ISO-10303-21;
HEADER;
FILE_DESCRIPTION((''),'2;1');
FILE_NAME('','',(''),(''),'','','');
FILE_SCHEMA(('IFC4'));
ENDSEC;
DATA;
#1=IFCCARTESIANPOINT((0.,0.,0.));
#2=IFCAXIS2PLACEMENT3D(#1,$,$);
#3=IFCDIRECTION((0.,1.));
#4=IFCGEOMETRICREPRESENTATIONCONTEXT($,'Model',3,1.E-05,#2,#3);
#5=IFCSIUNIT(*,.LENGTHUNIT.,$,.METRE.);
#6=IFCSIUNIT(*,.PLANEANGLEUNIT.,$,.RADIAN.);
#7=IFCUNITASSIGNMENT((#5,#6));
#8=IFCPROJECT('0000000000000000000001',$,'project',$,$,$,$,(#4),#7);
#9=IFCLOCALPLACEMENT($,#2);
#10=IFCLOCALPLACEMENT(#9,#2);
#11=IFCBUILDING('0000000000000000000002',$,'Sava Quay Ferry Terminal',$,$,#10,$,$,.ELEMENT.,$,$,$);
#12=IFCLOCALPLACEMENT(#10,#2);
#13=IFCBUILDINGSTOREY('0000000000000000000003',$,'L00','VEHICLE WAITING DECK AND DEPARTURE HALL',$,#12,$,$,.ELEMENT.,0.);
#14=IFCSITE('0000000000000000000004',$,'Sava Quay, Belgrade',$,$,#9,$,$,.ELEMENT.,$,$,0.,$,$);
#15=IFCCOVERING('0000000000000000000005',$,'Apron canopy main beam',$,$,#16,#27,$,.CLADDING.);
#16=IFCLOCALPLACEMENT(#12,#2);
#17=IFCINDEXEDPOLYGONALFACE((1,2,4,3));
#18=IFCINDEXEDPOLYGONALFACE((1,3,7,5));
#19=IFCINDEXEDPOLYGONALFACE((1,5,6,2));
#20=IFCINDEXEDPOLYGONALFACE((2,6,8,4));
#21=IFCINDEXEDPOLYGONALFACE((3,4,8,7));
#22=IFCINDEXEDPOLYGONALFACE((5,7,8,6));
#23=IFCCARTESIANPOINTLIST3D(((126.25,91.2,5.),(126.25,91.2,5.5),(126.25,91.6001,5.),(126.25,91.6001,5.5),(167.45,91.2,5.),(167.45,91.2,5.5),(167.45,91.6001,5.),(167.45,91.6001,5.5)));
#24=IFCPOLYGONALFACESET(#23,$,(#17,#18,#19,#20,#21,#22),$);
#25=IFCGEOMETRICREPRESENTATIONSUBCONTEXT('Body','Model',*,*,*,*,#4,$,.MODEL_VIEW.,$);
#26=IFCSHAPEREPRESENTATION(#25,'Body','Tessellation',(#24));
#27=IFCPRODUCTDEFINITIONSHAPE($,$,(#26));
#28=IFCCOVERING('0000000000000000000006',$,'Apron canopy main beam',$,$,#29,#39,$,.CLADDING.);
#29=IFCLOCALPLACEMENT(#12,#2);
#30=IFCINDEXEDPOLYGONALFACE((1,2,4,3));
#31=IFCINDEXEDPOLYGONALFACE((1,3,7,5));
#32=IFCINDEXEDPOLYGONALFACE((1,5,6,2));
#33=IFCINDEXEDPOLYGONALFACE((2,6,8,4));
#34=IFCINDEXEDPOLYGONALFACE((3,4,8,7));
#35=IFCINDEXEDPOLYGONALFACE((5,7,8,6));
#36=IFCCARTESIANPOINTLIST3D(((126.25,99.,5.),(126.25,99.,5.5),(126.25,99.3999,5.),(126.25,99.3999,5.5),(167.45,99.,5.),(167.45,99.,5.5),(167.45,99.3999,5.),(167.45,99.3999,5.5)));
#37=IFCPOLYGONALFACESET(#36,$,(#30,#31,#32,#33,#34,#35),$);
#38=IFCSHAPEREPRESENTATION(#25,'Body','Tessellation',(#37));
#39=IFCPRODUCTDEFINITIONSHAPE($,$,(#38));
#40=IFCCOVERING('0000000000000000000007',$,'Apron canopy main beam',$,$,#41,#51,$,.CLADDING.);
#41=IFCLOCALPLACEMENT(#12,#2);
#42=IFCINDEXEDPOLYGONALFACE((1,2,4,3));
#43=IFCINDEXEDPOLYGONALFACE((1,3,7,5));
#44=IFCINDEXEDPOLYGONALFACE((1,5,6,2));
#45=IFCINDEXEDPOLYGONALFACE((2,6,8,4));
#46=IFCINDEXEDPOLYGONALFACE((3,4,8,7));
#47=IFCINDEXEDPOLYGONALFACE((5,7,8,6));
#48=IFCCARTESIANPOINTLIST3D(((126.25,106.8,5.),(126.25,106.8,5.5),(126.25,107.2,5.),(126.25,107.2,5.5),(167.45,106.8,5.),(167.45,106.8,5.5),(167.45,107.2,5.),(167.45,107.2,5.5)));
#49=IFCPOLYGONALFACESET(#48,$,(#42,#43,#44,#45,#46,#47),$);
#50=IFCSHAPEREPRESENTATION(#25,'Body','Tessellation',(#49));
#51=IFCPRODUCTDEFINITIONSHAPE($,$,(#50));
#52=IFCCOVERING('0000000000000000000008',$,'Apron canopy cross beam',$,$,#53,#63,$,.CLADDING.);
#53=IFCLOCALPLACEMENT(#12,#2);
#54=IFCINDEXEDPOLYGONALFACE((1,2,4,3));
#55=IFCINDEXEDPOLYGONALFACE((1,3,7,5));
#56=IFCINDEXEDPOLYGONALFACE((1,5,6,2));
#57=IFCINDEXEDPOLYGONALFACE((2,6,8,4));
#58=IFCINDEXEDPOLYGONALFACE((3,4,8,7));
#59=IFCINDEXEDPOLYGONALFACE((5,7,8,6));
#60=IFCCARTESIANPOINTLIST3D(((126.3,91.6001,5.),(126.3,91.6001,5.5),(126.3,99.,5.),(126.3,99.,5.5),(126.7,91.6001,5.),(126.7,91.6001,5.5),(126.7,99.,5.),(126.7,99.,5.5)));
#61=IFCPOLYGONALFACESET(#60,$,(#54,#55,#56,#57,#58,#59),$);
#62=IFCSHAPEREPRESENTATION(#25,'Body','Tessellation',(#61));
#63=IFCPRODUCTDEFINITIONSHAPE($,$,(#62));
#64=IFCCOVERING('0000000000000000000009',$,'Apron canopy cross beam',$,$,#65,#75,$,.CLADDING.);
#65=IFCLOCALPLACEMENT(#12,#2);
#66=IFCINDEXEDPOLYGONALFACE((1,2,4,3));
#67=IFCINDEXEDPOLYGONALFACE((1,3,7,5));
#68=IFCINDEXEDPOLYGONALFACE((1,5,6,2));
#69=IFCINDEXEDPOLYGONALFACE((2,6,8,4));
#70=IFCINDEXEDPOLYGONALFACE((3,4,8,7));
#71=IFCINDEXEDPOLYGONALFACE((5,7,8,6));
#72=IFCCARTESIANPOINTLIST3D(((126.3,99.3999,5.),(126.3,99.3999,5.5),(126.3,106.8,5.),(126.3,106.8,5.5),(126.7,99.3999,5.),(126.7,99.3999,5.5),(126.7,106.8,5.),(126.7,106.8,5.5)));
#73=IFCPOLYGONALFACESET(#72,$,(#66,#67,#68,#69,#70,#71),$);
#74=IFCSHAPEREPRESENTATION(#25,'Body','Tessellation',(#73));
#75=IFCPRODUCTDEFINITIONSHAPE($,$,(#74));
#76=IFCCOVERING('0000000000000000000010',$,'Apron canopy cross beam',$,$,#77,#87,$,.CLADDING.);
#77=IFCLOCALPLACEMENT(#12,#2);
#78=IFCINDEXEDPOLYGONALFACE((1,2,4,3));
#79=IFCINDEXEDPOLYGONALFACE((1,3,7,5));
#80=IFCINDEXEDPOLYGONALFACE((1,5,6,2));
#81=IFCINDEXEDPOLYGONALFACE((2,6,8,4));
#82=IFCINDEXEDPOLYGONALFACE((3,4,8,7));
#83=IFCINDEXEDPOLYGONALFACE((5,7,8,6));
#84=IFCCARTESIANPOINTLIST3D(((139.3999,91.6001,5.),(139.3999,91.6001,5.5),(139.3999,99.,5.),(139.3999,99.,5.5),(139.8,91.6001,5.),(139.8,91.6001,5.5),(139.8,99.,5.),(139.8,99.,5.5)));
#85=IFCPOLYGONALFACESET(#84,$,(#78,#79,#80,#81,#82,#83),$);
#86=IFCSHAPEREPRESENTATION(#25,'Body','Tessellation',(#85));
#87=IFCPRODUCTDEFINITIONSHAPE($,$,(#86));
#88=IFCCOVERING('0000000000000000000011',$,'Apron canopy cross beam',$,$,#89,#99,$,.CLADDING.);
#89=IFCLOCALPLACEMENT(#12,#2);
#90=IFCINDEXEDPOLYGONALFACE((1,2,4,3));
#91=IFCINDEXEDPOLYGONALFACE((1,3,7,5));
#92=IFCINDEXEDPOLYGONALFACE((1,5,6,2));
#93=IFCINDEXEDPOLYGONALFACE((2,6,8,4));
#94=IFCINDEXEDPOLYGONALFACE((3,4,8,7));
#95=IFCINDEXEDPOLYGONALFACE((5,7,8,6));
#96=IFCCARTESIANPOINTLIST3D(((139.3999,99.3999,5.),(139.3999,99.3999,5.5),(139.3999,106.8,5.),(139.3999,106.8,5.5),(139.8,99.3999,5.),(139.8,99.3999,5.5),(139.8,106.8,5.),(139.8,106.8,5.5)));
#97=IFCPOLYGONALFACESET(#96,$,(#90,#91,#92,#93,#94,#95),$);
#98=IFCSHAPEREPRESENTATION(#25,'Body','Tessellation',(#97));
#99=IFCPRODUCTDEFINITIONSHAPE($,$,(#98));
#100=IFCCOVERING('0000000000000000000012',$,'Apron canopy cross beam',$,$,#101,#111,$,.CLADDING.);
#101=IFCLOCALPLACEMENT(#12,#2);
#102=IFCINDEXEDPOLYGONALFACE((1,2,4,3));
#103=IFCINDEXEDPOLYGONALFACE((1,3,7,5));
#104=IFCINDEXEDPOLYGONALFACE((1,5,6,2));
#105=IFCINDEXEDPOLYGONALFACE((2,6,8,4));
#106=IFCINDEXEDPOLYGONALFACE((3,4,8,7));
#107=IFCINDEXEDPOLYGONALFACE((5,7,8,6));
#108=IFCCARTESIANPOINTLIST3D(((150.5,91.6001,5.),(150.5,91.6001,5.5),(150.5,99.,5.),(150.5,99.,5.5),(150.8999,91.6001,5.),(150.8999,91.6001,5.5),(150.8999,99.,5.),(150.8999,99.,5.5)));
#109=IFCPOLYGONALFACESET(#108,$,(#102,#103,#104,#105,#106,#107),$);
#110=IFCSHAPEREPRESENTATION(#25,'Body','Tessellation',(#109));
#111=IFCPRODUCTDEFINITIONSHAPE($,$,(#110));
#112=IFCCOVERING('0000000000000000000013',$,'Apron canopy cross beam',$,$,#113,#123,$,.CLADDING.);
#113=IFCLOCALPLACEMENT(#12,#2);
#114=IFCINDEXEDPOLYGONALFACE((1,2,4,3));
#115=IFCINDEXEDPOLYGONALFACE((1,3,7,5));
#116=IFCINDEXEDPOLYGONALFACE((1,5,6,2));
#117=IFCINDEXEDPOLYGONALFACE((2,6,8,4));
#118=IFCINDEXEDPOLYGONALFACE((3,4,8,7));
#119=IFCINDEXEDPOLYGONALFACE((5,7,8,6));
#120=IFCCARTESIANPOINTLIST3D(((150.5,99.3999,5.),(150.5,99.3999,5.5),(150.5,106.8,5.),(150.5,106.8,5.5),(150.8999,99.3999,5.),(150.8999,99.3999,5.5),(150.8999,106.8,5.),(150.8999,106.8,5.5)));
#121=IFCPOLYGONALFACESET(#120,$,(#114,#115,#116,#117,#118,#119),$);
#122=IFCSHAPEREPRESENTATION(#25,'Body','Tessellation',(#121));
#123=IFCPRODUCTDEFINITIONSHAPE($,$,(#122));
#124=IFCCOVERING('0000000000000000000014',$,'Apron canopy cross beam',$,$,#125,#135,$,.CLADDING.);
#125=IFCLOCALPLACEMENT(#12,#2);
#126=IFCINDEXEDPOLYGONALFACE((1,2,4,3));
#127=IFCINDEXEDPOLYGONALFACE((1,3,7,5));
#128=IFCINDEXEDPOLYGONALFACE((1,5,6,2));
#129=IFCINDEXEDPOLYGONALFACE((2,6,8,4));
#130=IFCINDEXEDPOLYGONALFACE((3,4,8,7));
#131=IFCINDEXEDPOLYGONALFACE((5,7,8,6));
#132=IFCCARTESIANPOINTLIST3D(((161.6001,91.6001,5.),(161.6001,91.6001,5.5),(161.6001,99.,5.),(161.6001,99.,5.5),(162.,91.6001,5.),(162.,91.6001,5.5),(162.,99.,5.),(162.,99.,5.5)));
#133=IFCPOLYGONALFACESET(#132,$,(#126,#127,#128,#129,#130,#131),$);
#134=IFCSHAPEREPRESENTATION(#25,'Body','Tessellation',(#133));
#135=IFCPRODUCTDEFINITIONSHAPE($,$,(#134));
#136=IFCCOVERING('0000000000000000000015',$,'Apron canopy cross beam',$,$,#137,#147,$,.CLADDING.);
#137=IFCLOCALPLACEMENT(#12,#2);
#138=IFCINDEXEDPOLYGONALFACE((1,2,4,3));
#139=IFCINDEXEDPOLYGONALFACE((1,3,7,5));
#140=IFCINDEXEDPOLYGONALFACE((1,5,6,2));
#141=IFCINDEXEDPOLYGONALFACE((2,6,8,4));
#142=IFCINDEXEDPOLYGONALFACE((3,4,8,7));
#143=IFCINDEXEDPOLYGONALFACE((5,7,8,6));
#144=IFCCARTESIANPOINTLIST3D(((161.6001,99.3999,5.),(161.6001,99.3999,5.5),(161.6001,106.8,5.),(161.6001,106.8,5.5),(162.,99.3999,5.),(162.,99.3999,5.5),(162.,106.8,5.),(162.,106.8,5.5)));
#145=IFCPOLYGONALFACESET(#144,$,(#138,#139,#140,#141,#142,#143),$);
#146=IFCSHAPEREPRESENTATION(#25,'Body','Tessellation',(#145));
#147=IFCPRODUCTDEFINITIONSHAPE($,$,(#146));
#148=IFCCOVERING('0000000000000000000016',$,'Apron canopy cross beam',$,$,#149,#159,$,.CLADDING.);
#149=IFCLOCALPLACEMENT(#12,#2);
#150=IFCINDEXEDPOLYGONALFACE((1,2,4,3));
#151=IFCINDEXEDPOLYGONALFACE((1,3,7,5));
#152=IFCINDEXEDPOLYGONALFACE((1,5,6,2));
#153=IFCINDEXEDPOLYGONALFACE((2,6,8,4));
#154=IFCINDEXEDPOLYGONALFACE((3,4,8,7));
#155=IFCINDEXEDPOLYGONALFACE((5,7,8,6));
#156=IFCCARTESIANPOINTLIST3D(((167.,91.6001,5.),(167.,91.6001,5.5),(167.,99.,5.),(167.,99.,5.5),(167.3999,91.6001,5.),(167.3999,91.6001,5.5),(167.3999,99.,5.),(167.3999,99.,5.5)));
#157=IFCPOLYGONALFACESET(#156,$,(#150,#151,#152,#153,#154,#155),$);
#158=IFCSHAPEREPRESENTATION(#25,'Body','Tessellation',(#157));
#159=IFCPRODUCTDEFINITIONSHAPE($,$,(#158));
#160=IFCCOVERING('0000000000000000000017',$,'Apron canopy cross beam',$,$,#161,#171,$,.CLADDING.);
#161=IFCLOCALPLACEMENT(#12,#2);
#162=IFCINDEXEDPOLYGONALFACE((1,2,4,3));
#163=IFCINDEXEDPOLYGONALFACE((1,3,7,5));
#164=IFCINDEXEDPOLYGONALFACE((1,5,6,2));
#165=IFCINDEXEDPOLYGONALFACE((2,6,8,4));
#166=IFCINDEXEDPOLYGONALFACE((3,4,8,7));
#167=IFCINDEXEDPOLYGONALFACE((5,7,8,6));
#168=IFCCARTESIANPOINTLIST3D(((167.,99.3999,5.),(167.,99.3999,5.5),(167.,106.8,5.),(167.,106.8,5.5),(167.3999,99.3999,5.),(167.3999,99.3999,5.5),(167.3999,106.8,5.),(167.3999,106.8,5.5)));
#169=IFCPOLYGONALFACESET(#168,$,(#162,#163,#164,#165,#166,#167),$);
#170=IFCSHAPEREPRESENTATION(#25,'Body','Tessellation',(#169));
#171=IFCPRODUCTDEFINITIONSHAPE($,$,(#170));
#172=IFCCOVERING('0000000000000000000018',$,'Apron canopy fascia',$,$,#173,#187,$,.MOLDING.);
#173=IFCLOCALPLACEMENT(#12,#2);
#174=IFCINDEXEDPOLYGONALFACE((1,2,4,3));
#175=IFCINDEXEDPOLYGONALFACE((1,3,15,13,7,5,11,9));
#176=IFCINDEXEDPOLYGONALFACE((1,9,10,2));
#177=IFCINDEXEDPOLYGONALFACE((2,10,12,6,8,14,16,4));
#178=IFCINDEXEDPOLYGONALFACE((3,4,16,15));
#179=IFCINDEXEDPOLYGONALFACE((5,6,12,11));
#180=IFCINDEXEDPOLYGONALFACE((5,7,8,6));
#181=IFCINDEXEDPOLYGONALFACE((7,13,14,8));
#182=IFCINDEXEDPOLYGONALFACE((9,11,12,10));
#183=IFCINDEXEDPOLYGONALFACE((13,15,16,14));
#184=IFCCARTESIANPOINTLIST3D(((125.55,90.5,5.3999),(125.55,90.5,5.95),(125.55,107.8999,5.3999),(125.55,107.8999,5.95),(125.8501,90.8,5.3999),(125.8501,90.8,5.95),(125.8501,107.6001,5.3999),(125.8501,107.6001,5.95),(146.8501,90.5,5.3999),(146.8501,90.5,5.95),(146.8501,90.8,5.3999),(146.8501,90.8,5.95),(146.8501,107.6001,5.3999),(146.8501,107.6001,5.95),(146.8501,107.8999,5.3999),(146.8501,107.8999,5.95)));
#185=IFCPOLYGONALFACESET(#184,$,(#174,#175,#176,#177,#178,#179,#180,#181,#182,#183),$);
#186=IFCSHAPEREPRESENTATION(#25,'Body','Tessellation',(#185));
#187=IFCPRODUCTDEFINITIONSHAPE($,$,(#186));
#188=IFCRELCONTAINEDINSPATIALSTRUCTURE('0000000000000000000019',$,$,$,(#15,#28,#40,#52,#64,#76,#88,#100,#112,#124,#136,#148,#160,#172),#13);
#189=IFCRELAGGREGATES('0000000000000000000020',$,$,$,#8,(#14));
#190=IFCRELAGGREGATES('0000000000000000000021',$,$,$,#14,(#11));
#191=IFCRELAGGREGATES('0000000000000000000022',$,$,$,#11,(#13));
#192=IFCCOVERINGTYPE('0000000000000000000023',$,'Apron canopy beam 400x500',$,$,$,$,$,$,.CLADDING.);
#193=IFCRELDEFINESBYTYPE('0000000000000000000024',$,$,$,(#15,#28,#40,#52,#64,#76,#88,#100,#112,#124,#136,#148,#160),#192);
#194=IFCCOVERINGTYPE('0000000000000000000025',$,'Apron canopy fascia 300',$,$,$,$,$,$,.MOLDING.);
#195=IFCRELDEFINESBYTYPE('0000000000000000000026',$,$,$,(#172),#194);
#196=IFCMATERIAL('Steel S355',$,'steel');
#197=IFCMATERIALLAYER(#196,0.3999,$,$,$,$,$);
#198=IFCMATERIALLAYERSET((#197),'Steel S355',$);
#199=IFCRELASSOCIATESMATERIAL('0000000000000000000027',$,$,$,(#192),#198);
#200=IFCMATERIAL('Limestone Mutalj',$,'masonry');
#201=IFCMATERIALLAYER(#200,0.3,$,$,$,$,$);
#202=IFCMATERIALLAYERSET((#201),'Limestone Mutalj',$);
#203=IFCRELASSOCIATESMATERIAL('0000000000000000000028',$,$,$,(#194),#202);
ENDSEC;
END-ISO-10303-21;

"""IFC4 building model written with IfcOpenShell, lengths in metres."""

from ifc_helpers import new_model, si_unit, direction, frame, origin, place, context, subcontext, project, spatial, polyline, outline, extrude, material, layer, layer_set, type_object, element, save


model = new_model("IFC4")

# Units and contexts
model_context = context("Model", 3, precision=1e-05, world=origin(), true_north=direction((0.0, 1.0)))
body_context = subcontext(model_context, "Body", "Model", "MODEL_VIEW")
ifc_project = project(units=[si_unit("LENGTHUNIT", "METRE"), si_unit("PLANEANGLEUNIT", "RADIAN")], contexts=[model_context])

# Site, building, storey
site_placement = place(None, origin())
site = spatial("IfcSite", under=ifc_project, at=site_placement, Name="Sava Quay, Belgrade", CompositionType="ELEMENT", RefElevation=0.0)
building_placement = place(site_placement, origin())
building = spatial("IfcBuilding", under=site, at=building_placement, Name="Sava Quay Ferry Terminal", CompositionType="ELEMENT")
storey_placement = place(building_placement, origin())
storey = spatial("IfcBuildingStorey", under=building, at=storey_placement, Name="L00", Description="VEHICLE WAITING DECK AND DEPARTURE HALL", CompositionType="ELEMENT", Elevation=0.0)

# Coverings
ifc_material_1 = material(Name="Steel S355", Category="steel")
ifc_layer_1 = layer(ifc_material_1, 0.3999)
ifc_layer_set_1 = layer_set([ifc_layer_1], Name="Steel S355")
covering_type_1 = type_object("IfcCoveringType", Name="Apron canopy beam 400x500", PredefinedType="CLADDING", material=ifc_layer_set_1)
covering_1_placement = place(storey_placement, frame((0.0, 0.0, 5.0)))
element("IfcCovering", 1, at=covering_1_placement, inside=storey, type_object=covering_type_1, Name="Apron canopy main beam", PredefinedType="CLADDING", context=body_context, shape_type="SweptSolid", body=[
    extrude(outline(polyline([(167.45, 91.2), (167.45, 91.6001), (126.25, 91.6001), (126.25, 91.2), (167.45, 91.2)])), origin(), (0.0, 0.0, 1.0), 0.5),
])
covering_2_placement = place(storey_placement, frame((0.0, 0.0, 5.0)))
element("IfcCovering", 2, at=covering_2_placement, inside=storey, type_object=covering_type_1, Name="Apron canopy main beam", PredefinedType="CLADDING", context=body_context, shape_type="SweptSolid", body=[
    extrude(outline(polyline([(167.45, 99.0), (167.45, 99.3999), (126.25, 99.3999), (126.25, 99.0), (167.45, 99.0)])), origin(), (0.0, 0.0, 1.0), 0.5),
])
covering_3_placement = place(storey_placement, frame((0.0, 0.0, 5.0)))
element("IfcCovering", 3, at=covering_3_placement, inside=storey, type_object=covering_type_1, Name="Apron canopy main beam", PredefinedType="CLADDING", context=body_context, shape_type="SweptSolid", body=[
    extrude(outline(polyline([(167.45, 106.8), (167.45, 107.2), (126.25, 107.2), (126.25, 106.8), (167.45, 106.8)])), origin(), (0.0, 0.0, 1.0), 0.5),
])
covering_4_placement = place(storey_placement, frame((0.0, 0.0, 5.0)))
element("IfcCovering", 4, at=covering_4_placement, inside=storey, type_object=covering_type_1, Name="Apron canopy cross beam", PredefinedType="CLADDING", context=body_context, shape_type="SweptSolid", body=[
    extrude(outline(polyline([(126.7, 91.6001), (126.7, 99.0), (126.3, 99.0), (126.3, 91.6001), (126.7, 91.6001)])), origin(), (0.0, 0.0, 1.0), 0.5),
])
covering_5_placement = place(storey_placement, frame((0.0, 0.0, 5.0)))
element("IfcCovering", 5, at=covering_5_placement, inside=storey, type_object=covering_type_1, Name="Apron canopy cross beam", PredefinedType="CLADDING", context=body_context, shape_type="SweptSolid", body=[
    extrude(outline(polyline([(126.7, 99.3999), (126.7, 106.8), (126.3, 106.8), (126.3, 99.3999), (126.7, 99.3999)])), origin(), (0.0, 0.0, 1.0), 0.5),
])
covering_6_placement = place(storey_placement, frame((0.0, 0.0, 5.0)))
element("IfcCovering", 6, at=covering_6_placement, inside=storey, type_object=covering_type_1, Name="Apron canopy cross beam", PredefinedType="CLADDING", context=body_context, shape_type="SweptSolid", body=[
    extrude(outline(polyline([(139.8, 91.6001), (139.8, 99.0), (139.3999, 99.0), (139.3999, 91.6001), (139.8, 91.6001)])), origin(), (0.0, 0.0, 1.0), 0.5),
])
covering_7_placement = place(storey_placement, frame((0.0, 0.0, 5.0)))
element("IfcCovering", 7, at=covering_7_placement, inside=storey, type_object=covering_type_1, Name="Apron canopy cross beam", PredefinedType="CLADDING", context=body_context, shape_type="SweptSolid", body=[
    extrude(outline(polyline([(139.8, 99.3999), (139.8, 106.8), (139.3999, 106.8), (139.3999, 99.3999), (139.8, 99.3999)])), origin(), (0.0, 0.0, 1.0), 0.5),
])
covering_8_placement = place(storey_placement, frame((0.0, 0.0, 5.0)))
element("IfcCovering", 8, at=covering_8_placement, inside=storey, type_object=covering_type_1, Name="Apron canopy cross beam", PredefinedType="CLADDING", context=body_context, shape_type="SweptSolid", body=[
    extrude(outline(polyline([(150.8999, 91.6001), (150.8999, 99.0), (150.5, 99.0), (150.5, 91.6001), (150.8999, 91.6001)])), origin(), (0.0, 0.0, 1.0), 0.5),
])
covering_9_placement = place(storey_placement, frame((0.0, 0.0, 5.0)))
element("IfcCovering", 9, at=covering_9_placement, inside=storey, type_object=covering_type_1, Name="Apron canopy cross beam", PredefinedType="CLADDING", context=body_context, shape_type="SweptSolid", body=[
    extrude(outline(polyline([(150.8999, 99.3999), (150.8999, 106.8), (150.5, 106.8), (150.5, 99.3999), (150.8999, 99.3999)])), origin(), (0.0, 0.0, 1.0), 0.5),
])
covering_10_placement = place(storey_placement, frame((0.0, 0.0, 5.0)))
element("IfcCovering", 10, at=covering_10_placement, inside=storey, type_object=covering_type_1, Name="Apron canopy cross beam", PredefinedType="CLADDING", context=body_context, shape_type="SweptSolid", body=[
    extrude(outline(polyline([(162.0, 91.6001), (162.0, 99.0), (161.6001, 99.0), (161.6001, 91.6001), (162.0, 91.6001)])), origin(), (0.0, 0.0, 1.0), 0.5),
])
covering_11_placement = place(storey_placement, frame((0.0, 0.0, 5.0)))
element("IfcCovering", 11, at=covering_11_placement, inside=storey, type_object=covering_type_1, Name="Apron canopy cross beam", PredefinedType="CLADDING", context=body_context, shape_type="SweptSolid", body=[
    extrude(outline(polyline([(162.0, 99.3999), (162.0, 106.8), (161.6001, 106.8), (161.6001, 99.3999), (162.0, 99.3999)])), origin(), (0.0, 0.0, 1.0), 0.5),
])
covering_12_placement = place(storey_placement, frame((0.0, 0.0, 5.0)))
element("IfcCovering", 12, at=covering_12_placement, inside=storey, type_object=covering_type_1, Name="Apron canopy cross beam", PredefinedType="CLADDING", context=body_context, shape_type="SweptSolid", body=[
    extrude(outline(polyline([(167.3999, 91.6001), (167.3999, 99.0), (167.0, 99.0), (167.0, 91.6001), (167.3999, 91.6001)])), origin(), (0.0, 0.0, 1.0), 0.5),
])
covering_13_placement = place(storey_placement, frame((0.0, 0.0, 5.0)))
element("IfcCovering", 13, at=covering_13_placement, inside=storey, type_object=covering_type_1, Name="Apron canopy cross beam", PredefinedType="CLADDING", context=body_context, shape_type="SweptSolid", body=[
    extrude(outline(polyline([(167.3999, 99.3999), (167.3999, 106.8), (167.0, 106.8), (167.0, 99.3999), (167.3999, 99.3999)])), origin(), (0.0, 0.0, 1.0), 0.5),
])
ifc_material_2 = material(Name="Limestone Mutalj", Category="masonry")
ifc_layer_2 = layer(ifc_material_2, 0.3)
ifc_layer_set_2 = layer_set([ifc_layer_2], Name="Limestone Mutalj")
covering_type_2 = type_object("IfcCoveringType", Name="Apron canopy fascia 300", PredefinedType="MOLDING", material=ifc_layer_set_2)
covering_14_placement = place(storey_placement, frame((0.0, 0.0, 5.3999)))
element("IfcCovering", 14, at=covering_14_placement, inside=storey, type_object=covering_type_2, Name="Apron canopy fascia", PredefinedType="MOLDING", context=body_context, shape_type="SweptSolid", body=[
    extrude(outline(polyline([(125.55, 107.8999), (125.55, 90.5), (146.8501, 90.5), (146.8501, 90.8), (125.8501, 90.8), (125.8501, 107.6001), (146.8501, 107.6001), (146.8501, 107.8999), (125.55, 107.8999)])), origin(), (0.0, 0.0, 1.0), 0.55),
])

save(model, "model.ifc")
